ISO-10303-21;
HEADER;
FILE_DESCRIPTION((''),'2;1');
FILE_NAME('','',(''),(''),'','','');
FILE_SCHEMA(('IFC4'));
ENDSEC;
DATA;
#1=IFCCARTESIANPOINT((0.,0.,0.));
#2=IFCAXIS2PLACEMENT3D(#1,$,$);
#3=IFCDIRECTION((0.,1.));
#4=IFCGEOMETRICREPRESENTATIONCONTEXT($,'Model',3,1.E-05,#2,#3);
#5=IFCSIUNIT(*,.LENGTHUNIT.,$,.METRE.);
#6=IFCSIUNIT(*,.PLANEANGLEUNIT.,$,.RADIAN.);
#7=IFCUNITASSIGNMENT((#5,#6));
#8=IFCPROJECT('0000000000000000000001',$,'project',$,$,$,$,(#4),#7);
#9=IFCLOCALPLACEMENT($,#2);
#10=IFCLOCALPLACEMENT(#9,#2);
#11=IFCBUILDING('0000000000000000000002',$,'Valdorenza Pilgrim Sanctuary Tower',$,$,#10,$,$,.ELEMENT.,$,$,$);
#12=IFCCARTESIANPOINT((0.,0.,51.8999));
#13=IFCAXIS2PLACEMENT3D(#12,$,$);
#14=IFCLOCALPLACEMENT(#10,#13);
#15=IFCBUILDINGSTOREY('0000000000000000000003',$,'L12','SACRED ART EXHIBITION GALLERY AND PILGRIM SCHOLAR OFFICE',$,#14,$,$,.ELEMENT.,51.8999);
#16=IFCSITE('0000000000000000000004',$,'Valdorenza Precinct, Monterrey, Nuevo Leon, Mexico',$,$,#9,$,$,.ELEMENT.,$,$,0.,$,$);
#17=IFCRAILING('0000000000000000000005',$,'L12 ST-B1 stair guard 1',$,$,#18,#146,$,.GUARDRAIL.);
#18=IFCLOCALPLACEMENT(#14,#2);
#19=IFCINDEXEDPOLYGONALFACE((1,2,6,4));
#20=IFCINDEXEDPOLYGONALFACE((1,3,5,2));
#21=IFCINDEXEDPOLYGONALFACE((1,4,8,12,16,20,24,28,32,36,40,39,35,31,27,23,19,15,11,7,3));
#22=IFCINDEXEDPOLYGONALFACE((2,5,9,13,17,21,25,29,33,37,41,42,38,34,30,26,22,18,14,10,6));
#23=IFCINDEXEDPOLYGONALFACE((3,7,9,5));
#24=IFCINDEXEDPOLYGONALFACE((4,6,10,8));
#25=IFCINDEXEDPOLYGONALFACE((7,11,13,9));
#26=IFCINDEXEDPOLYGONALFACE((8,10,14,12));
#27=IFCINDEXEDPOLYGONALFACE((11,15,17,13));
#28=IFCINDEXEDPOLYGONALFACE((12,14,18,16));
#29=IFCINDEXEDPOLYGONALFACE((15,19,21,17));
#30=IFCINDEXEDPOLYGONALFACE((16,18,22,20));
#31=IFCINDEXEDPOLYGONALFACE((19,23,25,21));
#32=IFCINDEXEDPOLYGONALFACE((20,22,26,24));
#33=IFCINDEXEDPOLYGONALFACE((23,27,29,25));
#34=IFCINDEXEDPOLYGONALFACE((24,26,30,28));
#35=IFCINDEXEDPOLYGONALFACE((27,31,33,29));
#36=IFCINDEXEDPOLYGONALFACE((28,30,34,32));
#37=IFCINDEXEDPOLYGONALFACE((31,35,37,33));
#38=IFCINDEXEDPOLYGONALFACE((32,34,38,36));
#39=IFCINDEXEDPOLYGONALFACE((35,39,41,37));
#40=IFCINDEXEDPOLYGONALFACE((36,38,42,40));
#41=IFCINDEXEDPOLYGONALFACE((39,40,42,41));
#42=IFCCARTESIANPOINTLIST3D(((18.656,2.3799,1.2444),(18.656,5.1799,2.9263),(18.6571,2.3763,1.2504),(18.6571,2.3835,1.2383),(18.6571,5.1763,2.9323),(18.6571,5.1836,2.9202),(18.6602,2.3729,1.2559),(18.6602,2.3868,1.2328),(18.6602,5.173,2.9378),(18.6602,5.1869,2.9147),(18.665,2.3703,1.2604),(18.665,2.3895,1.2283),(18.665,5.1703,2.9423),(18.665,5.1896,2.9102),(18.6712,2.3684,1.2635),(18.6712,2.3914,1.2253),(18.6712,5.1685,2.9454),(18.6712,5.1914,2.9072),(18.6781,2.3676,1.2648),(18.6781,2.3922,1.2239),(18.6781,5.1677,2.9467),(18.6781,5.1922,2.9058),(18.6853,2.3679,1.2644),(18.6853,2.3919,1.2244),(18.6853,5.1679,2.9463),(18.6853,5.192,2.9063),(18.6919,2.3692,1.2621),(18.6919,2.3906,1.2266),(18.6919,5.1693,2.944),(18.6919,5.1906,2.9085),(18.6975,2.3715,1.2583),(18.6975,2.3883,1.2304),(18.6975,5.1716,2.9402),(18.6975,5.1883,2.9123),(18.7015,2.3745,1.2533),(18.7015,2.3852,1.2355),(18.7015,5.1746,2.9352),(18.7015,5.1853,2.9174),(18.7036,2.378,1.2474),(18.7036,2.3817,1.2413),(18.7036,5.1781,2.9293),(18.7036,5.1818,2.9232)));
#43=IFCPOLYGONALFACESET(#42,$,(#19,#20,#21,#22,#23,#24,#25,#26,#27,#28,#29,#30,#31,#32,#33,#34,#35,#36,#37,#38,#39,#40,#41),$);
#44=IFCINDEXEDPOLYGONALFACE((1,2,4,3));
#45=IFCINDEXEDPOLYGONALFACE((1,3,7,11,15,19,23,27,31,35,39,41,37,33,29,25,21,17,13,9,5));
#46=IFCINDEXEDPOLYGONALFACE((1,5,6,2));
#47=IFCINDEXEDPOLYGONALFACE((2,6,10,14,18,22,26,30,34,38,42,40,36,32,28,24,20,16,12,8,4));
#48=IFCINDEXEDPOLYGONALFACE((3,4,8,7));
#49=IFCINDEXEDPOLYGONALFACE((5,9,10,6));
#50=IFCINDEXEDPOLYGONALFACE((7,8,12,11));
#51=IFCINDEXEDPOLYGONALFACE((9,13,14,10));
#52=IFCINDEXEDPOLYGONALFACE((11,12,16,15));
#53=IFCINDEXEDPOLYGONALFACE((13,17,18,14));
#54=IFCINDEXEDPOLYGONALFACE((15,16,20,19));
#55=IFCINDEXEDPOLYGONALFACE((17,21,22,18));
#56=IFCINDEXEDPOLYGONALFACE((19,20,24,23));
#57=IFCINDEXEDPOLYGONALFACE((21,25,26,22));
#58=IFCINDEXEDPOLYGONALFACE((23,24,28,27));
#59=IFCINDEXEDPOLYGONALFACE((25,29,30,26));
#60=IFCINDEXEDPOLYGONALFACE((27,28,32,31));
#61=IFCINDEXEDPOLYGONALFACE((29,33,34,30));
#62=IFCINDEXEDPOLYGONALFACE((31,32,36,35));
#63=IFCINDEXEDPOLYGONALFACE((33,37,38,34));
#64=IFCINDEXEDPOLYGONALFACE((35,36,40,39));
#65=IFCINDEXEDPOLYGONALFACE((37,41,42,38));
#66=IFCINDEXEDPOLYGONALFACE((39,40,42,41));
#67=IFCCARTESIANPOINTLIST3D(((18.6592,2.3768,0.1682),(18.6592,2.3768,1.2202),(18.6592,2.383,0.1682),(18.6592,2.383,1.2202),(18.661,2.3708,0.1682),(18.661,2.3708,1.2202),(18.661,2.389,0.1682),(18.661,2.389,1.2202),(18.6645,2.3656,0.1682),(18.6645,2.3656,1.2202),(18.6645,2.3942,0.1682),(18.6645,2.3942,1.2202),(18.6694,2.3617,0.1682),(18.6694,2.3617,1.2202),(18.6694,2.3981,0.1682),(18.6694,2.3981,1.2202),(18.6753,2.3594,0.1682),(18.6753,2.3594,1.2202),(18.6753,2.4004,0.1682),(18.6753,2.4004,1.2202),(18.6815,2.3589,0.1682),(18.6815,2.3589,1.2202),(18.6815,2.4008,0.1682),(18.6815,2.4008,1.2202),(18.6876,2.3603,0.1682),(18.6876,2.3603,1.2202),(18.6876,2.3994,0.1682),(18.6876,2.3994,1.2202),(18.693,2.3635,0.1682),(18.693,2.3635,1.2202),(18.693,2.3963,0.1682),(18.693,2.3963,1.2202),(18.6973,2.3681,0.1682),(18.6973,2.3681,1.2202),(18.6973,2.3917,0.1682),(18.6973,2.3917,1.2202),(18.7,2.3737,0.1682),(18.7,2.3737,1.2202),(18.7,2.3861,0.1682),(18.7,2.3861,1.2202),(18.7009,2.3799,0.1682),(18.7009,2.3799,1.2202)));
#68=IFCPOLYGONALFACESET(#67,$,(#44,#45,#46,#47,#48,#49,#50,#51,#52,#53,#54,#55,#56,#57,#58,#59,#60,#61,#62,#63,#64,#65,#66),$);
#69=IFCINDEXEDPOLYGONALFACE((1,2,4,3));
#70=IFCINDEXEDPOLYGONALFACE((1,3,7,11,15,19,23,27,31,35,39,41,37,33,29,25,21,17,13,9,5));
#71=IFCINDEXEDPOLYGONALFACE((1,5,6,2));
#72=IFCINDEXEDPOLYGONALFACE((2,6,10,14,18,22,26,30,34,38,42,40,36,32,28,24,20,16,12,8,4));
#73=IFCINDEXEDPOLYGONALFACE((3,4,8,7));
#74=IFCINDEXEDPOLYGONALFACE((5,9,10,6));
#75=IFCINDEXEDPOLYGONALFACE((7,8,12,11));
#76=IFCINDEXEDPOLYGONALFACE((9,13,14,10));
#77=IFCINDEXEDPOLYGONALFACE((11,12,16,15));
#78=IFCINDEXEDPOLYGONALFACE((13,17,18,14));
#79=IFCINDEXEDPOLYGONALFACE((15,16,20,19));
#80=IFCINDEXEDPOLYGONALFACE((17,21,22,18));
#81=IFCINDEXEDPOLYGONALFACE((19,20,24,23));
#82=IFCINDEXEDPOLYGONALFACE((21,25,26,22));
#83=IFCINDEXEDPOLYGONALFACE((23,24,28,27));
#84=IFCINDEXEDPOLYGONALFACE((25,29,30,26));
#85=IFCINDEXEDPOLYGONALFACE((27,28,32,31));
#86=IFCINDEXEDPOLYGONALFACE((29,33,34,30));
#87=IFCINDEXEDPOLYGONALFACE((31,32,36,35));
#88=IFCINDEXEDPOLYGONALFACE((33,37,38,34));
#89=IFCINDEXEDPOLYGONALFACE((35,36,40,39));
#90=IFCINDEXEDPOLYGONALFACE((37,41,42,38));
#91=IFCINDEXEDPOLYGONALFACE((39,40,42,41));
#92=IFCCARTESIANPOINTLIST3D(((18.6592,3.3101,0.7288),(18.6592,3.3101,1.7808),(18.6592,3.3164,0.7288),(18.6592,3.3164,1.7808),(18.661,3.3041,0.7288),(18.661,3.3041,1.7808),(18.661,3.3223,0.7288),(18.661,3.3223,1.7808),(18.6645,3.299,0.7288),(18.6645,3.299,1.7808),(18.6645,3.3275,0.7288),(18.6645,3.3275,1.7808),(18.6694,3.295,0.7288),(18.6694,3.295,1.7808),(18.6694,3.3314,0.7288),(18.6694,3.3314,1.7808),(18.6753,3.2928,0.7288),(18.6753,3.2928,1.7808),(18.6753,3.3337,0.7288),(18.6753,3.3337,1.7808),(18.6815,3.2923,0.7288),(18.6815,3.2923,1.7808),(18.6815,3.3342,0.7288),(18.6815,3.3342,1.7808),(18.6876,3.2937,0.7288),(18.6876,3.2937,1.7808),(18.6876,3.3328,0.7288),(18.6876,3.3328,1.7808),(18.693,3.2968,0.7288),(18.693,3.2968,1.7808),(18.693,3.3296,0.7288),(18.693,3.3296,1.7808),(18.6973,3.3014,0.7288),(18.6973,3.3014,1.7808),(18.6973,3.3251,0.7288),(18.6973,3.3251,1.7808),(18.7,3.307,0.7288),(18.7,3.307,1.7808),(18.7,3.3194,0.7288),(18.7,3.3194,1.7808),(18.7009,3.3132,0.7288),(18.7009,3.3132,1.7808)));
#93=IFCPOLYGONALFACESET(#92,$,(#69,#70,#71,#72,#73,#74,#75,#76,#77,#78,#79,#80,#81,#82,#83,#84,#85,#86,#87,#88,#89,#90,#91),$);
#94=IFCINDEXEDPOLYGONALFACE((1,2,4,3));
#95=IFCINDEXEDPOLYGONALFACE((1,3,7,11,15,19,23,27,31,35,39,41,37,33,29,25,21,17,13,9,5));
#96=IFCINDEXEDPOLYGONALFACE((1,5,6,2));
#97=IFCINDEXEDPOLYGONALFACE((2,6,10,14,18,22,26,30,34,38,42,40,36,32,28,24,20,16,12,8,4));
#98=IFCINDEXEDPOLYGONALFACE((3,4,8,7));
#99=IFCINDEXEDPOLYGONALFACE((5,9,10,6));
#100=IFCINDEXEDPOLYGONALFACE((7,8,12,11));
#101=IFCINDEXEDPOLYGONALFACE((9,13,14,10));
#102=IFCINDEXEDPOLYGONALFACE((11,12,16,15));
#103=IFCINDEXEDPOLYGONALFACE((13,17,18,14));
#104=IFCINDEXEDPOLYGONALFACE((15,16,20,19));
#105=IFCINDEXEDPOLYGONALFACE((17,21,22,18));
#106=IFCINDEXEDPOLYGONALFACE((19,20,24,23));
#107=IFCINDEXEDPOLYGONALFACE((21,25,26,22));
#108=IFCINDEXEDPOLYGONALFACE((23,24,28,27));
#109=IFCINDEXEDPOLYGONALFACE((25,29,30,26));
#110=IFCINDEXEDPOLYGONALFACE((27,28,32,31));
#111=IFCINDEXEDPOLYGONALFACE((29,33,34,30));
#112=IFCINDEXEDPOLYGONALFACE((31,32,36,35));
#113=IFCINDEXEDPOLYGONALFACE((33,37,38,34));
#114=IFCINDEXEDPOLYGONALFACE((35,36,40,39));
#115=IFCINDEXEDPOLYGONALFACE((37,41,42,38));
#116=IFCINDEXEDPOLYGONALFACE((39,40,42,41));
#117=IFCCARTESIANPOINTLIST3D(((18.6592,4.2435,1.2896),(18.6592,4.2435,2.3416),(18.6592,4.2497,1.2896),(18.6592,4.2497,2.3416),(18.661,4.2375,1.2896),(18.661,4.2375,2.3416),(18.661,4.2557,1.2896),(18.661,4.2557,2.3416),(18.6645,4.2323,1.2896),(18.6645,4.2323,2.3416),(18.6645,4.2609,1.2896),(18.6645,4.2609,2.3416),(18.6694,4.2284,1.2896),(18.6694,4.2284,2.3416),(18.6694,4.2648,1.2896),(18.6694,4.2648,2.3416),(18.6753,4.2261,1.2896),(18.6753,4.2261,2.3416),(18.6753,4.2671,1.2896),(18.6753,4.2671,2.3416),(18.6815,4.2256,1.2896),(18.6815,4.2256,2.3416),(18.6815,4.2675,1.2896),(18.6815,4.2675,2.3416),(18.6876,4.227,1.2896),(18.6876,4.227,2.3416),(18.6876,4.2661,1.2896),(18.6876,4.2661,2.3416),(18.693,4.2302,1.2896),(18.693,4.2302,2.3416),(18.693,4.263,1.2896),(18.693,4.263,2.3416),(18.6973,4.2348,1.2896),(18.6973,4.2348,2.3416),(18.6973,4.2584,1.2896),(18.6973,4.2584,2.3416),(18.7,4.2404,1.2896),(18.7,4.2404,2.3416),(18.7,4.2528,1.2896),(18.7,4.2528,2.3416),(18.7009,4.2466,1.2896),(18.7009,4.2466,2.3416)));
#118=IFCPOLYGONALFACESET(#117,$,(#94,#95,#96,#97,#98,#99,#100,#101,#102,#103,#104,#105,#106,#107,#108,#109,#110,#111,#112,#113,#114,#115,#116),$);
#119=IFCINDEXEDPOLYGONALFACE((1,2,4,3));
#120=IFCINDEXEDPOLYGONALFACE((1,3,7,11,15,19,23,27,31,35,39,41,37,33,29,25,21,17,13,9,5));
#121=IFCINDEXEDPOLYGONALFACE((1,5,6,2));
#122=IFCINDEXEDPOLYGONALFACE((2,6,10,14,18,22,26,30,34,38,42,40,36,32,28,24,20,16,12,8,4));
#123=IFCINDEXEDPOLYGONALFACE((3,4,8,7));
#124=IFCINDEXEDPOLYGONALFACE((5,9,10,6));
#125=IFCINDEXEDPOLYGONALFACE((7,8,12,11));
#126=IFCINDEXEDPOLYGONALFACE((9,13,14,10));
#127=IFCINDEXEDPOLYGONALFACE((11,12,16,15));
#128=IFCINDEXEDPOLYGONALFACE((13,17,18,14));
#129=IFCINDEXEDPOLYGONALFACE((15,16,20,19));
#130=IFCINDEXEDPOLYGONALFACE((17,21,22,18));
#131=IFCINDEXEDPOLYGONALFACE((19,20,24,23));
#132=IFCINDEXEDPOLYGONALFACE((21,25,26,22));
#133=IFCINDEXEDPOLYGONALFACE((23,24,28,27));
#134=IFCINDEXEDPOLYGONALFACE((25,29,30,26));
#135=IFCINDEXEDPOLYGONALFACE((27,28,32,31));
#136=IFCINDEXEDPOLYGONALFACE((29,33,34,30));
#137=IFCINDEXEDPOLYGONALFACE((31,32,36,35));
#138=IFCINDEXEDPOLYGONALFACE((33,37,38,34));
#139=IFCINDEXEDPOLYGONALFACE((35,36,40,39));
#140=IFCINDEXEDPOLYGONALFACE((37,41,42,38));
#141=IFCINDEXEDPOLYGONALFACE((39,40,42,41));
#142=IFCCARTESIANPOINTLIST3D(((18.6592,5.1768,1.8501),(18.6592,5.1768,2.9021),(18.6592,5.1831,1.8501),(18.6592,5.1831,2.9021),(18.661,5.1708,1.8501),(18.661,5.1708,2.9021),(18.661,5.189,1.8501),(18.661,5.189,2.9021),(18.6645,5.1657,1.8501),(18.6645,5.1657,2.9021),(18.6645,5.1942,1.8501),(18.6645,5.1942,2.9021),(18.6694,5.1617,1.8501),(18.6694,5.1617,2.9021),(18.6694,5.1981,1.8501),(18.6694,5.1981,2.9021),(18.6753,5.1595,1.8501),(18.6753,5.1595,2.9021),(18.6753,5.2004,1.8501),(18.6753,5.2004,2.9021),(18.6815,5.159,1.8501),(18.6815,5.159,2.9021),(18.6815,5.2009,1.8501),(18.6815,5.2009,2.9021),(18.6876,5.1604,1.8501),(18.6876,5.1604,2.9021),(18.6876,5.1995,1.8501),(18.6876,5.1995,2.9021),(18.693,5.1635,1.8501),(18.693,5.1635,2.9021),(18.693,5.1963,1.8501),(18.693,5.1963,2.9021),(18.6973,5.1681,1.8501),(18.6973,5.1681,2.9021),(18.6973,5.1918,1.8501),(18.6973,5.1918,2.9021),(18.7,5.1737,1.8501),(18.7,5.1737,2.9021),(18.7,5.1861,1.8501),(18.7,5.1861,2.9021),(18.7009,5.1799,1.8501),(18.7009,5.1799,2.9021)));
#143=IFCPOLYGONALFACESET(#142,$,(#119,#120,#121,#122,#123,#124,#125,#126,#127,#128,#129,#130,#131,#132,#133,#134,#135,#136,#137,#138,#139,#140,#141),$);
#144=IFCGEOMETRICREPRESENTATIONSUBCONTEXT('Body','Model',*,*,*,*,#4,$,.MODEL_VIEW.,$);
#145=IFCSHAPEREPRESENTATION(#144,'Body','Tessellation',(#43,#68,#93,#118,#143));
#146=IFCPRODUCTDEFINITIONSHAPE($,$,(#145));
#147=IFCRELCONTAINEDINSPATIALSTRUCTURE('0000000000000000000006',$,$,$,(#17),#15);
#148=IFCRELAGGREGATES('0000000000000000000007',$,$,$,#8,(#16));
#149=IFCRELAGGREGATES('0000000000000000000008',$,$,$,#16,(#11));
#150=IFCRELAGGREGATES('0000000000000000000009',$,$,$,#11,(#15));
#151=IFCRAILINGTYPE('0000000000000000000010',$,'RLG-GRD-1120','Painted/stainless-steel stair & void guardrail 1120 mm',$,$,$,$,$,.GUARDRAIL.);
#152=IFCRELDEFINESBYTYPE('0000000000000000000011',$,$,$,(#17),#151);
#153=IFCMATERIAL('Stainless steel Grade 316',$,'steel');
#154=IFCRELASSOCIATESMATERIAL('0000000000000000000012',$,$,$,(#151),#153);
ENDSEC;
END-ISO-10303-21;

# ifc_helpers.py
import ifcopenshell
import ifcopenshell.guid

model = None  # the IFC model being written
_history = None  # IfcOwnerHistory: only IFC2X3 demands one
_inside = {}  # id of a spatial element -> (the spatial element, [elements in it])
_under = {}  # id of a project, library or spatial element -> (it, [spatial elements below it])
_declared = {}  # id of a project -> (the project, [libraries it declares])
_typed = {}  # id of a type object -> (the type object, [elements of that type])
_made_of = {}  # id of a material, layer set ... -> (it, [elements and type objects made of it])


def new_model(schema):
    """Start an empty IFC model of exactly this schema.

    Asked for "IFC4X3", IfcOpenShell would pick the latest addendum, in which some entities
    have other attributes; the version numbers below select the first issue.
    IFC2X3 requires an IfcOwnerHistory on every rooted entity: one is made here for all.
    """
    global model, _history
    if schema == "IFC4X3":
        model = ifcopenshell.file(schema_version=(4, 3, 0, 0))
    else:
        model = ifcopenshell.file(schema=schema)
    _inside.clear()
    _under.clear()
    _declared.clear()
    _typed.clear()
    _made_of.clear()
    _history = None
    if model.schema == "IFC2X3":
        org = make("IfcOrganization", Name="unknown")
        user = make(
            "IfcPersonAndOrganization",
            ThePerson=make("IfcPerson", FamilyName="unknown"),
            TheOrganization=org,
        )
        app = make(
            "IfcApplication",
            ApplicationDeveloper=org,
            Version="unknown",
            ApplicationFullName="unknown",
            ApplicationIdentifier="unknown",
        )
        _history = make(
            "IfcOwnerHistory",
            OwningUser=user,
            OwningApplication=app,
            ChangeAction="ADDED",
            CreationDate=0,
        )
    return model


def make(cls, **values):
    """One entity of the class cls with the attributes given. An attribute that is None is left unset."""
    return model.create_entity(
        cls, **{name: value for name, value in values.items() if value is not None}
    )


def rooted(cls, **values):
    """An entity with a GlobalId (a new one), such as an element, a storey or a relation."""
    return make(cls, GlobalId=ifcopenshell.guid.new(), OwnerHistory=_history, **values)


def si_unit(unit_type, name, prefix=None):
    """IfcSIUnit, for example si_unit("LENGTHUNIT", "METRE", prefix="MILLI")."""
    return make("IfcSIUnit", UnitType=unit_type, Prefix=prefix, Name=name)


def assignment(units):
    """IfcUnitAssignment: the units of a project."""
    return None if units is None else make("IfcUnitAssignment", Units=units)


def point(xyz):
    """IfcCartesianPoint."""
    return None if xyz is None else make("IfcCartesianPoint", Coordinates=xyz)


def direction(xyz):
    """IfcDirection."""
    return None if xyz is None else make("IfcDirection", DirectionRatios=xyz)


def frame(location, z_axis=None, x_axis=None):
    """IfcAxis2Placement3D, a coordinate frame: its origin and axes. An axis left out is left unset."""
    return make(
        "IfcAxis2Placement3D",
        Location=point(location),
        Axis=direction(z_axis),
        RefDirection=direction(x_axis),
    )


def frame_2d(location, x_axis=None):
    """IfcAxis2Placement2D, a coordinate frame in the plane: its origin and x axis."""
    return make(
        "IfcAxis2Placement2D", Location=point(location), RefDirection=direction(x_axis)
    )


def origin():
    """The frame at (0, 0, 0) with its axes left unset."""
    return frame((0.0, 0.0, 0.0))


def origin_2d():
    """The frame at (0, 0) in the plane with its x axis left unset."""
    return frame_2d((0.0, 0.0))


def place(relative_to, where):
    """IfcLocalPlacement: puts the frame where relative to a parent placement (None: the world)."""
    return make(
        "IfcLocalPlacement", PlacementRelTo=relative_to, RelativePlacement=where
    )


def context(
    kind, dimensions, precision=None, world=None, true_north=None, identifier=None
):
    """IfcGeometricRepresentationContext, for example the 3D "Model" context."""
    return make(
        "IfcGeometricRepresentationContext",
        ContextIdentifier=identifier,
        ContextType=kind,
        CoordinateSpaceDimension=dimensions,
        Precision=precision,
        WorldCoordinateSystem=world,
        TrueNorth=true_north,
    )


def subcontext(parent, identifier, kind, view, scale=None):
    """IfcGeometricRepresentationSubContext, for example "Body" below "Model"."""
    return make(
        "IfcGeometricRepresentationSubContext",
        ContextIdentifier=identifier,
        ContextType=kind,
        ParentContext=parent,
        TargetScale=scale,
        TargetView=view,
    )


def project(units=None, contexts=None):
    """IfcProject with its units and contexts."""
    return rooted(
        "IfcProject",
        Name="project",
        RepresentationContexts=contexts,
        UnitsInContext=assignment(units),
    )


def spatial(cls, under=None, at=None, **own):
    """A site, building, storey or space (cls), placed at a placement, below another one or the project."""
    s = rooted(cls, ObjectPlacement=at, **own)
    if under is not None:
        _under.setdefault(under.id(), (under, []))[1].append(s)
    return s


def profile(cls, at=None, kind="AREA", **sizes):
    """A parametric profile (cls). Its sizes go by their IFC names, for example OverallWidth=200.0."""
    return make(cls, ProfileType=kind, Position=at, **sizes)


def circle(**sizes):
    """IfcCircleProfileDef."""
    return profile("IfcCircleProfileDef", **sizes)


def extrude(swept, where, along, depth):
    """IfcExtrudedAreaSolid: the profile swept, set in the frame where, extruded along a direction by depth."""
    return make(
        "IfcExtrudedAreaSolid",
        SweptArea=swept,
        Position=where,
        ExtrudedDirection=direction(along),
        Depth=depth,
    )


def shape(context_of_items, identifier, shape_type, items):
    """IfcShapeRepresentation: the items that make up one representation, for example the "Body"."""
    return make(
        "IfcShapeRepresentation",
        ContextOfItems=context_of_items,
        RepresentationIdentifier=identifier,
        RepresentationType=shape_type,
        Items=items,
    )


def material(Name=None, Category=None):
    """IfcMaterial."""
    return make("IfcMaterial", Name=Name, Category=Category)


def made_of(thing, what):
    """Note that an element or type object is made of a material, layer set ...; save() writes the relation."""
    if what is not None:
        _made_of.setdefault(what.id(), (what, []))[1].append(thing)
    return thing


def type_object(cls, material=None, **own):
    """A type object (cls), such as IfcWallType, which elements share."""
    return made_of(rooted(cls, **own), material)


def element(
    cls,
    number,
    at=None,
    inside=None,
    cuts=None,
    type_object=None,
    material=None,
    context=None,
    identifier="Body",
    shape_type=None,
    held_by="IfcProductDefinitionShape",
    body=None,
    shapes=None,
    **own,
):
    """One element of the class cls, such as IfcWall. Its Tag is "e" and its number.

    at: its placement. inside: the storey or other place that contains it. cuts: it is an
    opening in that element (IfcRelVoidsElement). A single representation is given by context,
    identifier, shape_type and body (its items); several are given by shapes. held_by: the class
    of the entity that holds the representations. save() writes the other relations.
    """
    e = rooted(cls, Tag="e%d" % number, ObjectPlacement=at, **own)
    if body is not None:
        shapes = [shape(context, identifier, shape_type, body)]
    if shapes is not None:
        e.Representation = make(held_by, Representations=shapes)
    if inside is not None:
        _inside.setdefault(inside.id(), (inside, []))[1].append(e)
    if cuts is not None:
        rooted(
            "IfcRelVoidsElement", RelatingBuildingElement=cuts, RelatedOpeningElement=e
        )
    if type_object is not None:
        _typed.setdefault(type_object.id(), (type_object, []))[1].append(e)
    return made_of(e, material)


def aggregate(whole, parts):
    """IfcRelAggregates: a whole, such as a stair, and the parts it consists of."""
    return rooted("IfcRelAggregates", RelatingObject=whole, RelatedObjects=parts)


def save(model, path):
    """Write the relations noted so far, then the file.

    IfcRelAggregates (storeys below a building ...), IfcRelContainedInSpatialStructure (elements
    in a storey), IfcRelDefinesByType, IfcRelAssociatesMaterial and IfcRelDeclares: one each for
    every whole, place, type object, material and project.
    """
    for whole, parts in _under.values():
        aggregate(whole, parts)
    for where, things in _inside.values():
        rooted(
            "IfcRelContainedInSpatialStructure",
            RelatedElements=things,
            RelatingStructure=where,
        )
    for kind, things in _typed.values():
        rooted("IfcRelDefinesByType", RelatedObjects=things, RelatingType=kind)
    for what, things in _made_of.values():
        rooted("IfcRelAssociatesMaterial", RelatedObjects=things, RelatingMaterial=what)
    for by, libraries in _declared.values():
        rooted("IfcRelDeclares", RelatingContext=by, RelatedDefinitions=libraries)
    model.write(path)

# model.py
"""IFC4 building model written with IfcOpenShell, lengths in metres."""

from ifc_helpers import new_model, si_unit, direction, frame, origin, origin_2d, place, context, subcontext, project, spatial, circle, extrude, material, type_object, element, save


model = new_model("IFC4")

# Units and contexts
model_context = context("Model", 3, precision=1e-05, world=origin(), true_north=direction((0.0, 1.0)))
body_context = subcontext(model_context, "Body", "Model", "MODEL_VIEW")
ifc_project = project(units=[si_unit("LENGTHUNIT", "METRE"), si_unit("PLANEANGLEUNIT", "RADIAN")], contexts=[model_context])

# Site, building, storey
site_placement = place(None, origin())
site = spatial("IfcSite", under=ifc_project, at=site_placement, Name="Valdorenza Precinct, Monterrey, Nuevo Leon, Mexico", CompositionType="ELEMENT", RefElevation=0.0)
building_placement = place(site_placement, origin())
building = spatial("IfcBuilding", under=site, at=building_placement, Name="Valdorenza Pilgrim Sanctuary Tower", CompositionType="ELEMENT")
storey_placement = place(building_placement, frame((0.0, 0.0, 51.8999)))
storey = spatial("IfcBuildingStorey", under=building, at=storey_placement, Name="L12", Description="SACRED ART EXHIBITION GALLERY AND PILGRIM SCHOLAR OFFICE", CompositionType="ELEMENT", Elevation=51.8999)

# Railing
ifc_material_1 = material(Name="Stainless steel Grade 316", Category="steel")
railing_type_1 = type_object("IfcRailingType", Name="RLG-GRD-1120", Description="Painted/stainless-steel stair & void guardrail 1120 mm", PredefinedType="GUARDRAIL", material=ifc_material_1)
railing_1_placement = place(storey_placement, frame((18.6799, 2.3799, 0.1682)))
element("IfcRailing", 1, at=railing_1_placement, inside=storey, type_object=railing_type_1, Name="L12 ST-B1 stair guard 1", PredefinedType="GUARDRAIL", context=body_context, shape_type="SweptSolid", body=[
    extrude(circle(Radius=0.0239, at=origin_2d()), frame((0.0, 0.0, 1.0762), z_axis=(0.0, 0.857242, 0.514913), x_axis=(-1.0, 0.0, 0.0)), (0.0, 0.0, 1.0), 3.2664),
    extrude(circle(Radius=0.021, at=origin_2d()), origin(), (0.0, 0.0, 1.0), 1.052),
    extrude(circle(Radius=0.021, at=origin_2d()), frame((0.0, 0.9333, 0.5605)), (0.0, 0.0, 1.0), 1.052),
    extrude(circle(Radius=0.021, at=origin_2d()), frame((0.0, 1.8667, 1.1213)), (0.0, 0.0, 1.0), 1.052),
    extrude(circle(Radius=0.021, at=origin_2d()), frame((0.0, 2.8, 1.6819)), (0.0, 0.0, 1.0), 1.052),
])

save(model, "model.ifc")
